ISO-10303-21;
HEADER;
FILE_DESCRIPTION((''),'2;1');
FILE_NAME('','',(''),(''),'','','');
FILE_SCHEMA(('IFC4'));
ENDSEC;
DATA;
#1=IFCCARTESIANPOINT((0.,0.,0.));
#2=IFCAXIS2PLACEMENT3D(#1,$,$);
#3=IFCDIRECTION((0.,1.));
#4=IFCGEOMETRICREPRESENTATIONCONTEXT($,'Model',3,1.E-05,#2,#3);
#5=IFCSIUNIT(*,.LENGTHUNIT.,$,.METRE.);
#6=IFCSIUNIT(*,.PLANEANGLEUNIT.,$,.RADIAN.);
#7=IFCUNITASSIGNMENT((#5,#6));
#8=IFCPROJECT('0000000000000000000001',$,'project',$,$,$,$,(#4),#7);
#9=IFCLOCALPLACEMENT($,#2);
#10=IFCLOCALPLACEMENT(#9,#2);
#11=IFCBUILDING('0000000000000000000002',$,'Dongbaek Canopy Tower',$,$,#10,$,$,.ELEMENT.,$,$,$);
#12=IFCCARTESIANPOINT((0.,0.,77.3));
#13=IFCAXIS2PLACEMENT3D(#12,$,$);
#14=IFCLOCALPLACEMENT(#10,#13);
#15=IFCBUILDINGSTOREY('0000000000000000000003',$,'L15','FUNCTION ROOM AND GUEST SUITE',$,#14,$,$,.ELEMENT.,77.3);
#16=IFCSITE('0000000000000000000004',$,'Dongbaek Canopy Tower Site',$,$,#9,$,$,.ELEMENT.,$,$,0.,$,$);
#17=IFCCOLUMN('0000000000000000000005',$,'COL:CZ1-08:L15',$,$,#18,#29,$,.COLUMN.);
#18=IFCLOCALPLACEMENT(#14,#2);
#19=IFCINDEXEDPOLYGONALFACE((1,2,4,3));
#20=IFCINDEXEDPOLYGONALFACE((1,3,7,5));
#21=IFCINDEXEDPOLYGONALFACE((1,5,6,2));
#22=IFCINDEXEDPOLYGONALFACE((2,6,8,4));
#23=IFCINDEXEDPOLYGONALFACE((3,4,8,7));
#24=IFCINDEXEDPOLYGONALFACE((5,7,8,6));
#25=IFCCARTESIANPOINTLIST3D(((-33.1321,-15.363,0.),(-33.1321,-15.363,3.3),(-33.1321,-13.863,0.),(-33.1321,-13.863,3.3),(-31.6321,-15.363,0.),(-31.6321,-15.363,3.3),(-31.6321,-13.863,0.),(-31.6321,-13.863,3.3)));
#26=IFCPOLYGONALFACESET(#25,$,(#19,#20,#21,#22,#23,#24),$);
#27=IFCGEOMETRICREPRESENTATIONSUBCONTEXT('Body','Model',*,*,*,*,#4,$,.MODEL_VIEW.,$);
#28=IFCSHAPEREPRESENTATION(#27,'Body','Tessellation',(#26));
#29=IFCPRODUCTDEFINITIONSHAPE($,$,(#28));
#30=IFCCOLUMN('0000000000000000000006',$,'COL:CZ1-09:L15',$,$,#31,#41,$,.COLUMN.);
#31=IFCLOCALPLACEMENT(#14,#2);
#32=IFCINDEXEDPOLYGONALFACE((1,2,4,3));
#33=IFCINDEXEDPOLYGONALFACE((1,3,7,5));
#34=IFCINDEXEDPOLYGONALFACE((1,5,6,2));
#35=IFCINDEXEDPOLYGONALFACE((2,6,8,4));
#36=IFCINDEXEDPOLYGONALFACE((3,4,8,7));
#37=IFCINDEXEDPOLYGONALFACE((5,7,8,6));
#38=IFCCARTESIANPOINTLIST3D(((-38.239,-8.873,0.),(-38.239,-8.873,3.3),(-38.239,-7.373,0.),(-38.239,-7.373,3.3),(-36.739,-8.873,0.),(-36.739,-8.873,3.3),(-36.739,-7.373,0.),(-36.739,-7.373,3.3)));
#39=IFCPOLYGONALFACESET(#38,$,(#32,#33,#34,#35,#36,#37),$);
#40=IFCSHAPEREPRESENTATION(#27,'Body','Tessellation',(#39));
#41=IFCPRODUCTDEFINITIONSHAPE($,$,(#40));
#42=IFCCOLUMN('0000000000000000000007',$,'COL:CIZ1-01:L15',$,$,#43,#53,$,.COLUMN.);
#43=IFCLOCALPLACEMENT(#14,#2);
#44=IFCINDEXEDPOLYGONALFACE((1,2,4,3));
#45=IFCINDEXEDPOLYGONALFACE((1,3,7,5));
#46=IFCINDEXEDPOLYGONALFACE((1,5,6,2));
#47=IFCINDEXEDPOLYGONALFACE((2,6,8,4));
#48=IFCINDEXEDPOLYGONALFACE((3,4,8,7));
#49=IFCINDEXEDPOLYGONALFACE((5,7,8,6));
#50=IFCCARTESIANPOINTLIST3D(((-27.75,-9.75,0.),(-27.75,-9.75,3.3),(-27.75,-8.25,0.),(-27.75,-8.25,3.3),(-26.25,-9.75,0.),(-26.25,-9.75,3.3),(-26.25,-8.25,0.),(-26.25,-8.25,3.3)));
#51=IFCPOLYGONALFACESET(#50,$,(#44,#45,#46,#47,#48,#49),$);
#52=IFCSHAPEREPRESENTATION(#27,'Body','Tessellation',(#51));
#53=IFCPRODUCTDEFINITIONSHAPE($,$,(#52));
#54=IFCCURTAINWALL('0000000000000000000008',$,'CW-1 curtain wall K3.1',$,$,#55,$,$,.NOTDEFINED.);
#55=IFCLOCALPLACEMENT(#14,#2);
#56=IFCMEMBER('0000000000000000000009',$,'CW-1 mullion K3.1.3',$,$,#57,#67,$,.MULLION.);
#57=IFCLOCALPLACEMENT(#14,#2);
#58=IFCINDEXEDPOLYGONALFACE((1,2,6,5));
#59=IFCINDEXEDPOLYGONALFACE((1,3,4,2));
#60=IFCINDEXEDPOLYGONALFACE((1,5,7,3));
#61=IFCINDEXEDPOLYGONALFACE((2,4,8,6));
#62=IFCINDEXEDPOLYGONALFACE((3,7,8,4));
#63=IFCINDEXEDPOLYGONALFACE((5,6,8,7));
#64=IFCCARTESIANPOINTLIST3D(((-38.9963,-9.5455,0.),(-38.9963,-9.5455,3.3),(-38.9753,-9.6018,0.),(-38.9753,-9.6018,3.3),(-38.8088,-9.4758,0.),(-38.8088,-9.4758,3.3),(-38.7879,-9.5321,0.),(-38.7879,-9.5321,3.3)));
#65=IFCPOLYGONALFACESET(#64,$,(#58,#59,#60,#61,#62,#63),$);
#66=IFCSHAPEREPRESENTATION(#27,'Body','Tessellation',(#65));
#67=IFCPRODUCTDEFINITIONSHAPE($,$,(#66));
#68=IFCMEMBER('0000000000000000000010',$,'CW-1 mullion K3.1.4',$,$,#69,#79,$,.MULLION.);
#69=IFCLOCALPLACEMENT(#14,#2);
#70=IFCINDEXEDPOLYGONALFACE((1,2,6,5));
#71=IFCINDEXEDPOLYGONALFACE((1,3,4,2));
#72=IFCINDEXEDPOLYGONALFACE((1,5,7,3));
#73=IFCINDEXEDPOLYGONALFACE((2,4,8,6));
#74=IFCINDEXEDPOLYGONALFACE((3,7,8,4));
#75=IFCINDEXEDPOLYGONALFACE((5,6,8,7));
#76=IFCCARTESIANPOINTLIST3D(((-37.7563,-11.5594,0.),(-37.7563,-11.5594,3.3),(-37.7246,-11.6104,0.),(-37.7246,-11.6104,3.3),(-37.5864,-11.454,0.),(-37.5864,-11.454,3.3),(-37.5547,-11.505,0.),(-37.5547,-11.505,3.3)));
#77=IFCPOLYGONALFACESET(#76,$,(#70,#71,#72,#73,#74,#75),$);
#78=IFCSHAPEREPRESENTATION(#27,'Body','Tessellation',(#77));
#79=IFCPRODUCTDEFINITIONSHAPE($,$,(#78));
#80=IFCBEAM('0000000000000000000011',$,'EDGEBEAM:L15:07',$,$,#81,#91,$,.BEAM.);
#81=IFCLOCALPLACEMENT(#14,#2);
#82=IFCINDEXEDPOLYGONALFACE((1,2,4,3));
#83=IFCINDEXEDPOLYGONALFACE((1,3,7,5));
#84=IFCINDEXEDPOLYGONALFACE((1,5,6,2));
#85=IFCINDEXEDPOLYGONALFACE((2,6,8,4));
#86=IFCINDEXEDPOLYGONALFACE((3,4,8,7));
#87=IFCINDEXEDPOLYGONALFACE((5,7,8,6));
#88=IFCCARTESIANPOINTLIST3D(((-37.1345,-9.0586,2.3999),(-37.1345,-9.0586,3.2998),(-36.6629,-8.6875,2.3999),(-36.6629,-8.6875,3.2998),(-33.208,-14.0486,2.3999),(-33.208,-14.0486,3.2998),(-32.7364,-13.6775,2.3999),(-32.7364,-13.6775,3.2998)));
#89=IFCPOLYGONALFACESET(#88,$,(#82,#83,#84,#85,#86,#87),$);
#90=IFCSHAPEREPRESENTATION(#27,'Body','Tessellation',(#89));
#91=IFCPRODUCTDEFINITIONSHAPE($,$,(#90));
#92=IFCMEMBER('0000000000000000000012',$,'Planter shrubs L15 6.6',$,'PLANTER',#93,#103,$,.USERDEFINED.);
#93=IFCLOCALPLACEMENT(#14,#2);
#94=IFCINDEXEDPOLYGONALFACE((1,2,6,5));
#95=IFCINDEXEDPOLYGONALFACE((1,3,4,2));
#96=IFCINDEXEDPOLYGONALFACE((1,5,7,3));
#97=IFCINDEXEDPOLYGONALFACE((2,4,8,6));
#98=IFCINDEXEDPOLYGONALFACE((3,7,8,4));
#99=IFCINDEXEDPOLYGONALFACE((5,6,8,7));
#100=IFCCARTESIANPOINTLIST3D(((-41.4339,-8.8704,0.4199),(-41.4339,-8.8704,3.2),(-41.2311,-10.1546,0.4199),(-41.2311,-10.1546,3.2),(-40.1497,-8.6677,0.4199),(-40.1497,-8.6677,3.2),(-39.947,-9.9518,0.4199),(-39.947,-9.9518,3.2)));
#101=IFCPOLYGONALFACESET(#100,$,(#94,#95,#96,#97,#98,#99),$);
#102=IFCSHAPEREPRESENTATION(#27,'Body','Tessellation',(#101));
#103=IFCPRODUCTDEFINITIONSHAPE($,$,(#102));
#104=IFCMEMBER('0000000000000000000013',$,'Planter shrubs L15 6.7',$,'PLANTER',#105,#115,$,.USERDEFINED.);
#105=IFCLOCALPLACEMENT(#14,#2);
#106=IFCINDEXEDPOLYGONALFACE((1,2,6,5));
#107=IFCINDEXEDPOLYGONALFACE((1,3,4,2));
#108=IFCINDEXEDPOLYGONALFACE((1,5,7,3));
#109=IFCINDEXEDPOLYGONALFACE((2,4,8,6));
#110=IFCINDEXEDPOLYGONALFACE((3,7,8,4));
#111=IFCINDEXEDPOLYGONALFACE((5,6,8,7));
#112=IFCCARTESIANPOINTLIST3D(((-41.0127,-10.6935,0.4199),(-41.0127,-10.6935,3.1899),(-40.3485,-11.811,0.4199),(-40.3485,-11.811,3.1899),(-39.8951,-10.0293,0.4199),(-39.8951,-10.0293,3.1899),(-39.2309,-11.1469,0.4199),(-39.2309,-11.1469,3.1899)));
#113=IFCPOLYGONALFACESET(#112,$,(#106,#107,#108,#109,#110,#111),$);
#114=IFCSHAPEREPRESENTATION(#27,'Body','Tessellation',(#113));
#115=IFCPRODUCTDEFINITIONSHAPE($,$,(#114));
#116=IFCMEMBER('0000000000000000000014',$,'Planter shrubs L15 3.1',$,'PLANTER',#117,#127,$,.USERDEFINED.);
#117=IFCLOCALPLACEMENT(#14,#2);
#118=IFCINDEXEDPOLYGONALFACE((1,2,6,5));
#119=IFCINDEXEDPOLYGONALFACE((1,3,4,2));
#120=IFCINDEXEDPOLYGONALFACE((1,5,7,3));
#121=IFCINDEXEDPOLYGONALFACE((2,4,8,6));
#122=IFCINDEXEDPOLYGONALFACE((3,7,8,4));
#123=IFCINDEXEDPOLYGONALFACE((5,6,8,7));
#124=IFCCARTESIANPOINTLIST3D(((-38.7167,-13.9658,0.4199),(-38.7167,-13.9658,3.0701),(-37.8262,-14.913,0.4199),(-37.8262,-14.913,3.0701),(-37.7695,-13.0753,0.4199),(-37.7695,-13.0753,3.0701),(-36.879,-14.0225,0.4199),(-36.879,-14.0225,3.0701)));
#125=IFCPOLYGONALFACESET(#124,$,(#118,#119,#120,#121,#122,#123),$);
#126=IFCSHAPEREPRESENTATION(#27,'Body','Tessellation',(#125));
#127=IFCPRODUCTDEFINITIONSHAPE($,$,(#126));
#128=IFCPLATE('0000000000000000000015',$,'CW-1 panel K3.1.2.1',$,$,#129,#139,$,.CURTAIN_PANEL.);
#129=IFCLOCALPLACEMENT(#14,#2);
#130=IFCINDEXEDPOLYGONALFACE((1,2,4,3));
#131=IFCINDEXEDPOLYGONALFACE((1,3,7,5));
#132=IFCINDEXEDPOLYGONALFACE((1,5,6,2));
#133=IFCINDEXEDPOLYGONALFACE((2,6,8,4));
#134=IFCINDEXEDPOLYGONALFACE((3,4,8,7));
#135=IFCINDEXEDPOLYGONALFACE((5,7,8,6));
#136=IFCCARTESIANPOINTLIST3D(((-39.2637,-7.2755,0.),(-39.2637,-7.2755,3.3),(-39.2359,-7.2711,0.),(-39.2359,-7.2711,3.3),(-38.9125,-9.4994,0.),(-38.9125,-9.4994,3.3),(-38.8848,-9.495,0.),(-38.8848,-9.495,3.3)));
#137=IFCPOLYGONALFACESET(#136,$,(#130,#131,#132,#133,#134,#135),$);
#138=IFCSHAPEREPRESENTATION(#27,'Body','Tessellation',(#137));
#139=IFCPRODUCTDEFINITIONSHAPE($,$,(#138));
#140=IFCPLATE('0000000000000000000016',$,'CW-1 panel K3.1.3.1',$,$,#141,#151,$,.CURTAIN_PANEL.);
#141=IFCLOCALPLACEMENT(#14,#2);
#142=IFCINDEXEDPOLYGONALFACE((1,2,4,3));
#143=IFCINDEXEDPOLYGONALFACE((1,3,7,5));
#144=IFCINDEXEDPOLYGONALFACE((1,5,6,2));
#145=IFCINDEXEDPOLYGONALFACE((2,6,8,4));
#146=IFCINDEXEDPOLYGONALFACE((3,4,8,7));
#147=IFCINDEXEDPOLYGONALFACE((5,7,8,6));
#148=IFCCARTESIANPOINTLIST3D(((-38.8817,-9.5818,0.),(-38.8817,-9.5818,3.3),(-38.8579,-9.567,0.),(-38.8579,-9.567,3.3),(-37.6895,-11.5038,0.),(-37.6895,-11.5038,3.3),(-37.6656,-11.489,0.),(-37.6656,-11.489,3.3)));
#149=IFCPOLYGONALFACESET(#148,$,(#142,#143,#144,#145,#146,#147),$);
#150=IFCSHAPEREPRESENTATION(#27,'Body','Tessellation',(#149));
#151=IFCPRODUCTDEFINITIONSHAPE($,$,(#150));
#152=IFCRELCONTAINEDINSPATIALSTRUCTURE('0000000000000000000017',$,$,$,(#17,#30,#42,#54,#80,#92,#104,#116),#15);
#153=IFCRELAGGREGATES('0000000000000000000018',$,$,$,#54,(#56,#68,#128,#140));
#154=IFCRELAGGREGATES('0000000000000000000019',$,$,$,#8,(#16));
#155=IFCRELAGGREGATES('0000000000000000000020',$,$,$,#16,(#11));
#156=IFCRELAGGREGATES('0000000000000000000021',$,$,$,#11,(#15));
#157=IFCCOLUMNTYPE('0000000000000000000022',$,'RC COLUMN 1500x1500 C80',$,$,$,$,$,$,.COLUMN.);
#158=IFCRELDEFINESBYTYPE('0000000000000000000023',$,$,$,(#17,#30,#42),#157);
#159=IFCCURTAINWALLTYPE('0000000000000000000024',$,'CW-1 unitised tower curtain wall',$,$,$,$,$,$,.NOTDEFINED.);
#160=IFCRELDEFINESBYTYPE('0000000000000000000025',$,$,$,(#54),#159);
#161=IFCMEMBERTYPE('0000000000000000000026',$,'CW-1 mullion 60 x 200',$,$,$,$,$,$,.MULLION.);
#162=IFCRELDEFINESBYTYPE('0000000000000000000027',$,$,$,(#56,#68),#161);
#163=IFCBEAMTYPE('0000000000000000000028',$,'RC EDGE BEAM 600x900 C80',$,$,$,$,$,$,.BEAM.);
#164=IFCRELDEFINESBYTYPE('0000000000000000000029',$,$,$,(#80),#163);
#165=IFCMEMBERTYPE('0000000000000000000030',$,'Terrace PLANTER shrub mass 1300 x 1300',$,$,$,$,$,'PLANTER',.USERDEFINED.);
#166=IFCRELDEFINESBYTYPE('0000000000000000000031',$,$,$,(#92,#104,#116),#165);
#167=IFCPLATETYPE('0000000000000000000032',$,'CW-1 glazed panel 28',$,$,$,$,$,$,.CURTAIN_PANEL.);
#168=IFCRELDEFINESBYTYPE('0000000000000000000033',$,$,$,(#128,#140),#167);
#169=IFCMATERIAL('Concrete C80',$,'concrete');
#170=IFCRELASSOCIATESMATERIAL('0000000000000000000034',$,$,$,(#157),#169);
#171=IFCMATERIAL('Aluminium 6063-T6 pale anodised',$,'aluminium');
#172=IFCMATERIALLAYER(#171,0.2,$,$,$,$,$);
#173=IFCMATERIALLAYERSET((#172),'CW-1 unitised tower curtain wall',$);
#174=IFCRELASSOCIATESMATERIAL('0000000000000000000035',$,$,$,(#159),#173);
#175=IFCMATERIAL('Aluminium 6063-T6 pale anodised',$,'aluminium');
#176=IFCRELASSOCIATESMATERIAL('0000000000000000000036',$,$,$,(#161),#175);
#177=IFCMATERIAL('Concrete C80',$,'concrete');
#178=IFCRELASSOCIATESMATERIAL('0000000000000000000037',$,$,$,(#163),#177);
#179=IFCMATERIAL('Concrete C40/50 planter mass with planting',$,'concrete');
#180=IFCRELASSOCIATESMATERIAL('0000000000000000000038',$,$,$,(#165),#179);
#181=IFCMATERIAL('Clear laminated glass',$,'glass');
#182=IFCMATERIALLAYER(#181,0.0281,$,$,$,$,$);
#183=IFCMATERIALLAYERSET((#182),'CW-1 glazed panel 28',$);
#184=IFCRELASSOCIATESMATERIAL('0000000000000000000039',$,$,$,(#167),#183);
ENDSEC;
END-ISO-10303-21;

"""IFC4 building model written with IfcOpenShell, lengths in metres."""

from ifc_helpers import new_model, si_unit, direction, frame, origin, origin_2d, place, context, subcontext, project, spatial, rectangle, extrude, material, layer, layer_set, material_profile, profile_set, type_object, element, aggregate, save


model = new_model("IFC4")

# Units and contexts
model_context = context("Model", 3, precision=1e-05, world=origin(), true_north=direction((0.0, 1.0)))
body_context = subcontext(model_context, "Body", "Model", "MODEL_VIEW")
ifc_project = project(units=[si_unit("LENGTHUNIT", "METRE"), si_unit("PLANEANGLEUNIT", "RADIAN")], contexts=[model_context])

# Site, building, storey
site_placement = place(None, origin())
site = spatial("IfcSite", under=ifc_project, at=site_placement, Name="Dongbaek Canopy Tower Site", CompositionType="ELEMENT", RefElevation=0.0)
building_placement = place(site_placement, origin())
building = spatial("IfcBuilding", under=site, at=building_placement, Name="Dongbaek Canopy Tower", CompositionType="ELEMENT")
storey_placement = place(building_placement, frame((0.0, 0.0, 77.3)))
storey = spatial("IfcBuildingStorey", under=building, at=storey_placement, Name="L15", Description="FUNCTION ROOM AND GUEST SUITE", CompositionType="ELEMENT", Elevation=77.3)

# Columns
ifc_material_1 = material(Name="Concrete C80", Category="concrete")
ifc_material_profile_1 = material_profile(ifc_material_1, rectangle(XDim=1.5, YDim=1.5, at=origin_2d()), Name="RC COLUMN 1500x1500 C80")
ifc_profile_set_1 = profile_set([ifc_material_profile_1], Name="Concrete C80")
column_type = type_object("IfcColumnType", Name="RC COLUMN 1500x1500 C80", PredefinedType="COLUMN", material=ifc_profile_set_1)
for number, where, z_axis, x_axis, name in (
    (1, (-32.3821, -14.613, 0.0), (0.0, 0.0, 1.0), (1.0, 0.0, 0.0), "COL:CZ1-08:L15"),
    (2, (-37.489, -8.123, 0.0), (0.0, 0.0, 1.0), (1.0, 0.0, 0.0), "COL:CZ1-09:L15"),
    (3, (-27.0, -9.0, 0.0), (0.0, 0.0, 1.0), (1.0, 0.0, 0.0), "COL:CIZ1-01:L15"),
):
    element("IfcColumn", number, at=place(storey_placement, frame(where, z_axis=z_axis, x_axis=x_axis)), inside=storey, type_object=column_type, Name=name, PredefinedType="COLUMN", context=body_context, shape_type="SweptSolid", body=[
        extrude(rectangle(XDim=1.5, YDim=1.5, at=origin_2d()), origin(), (0.0, 0.0, 1.0), 3.3),
    ])

# Curtain wall, members
ifc_material_2 = material(Name="Aluminium 6063-T6 pale anodised", Category="aluminium")
ifc_layer_1 = layer(ifc_material_2, 0.2)
ifc_layer_set_1 = layer_set([ifc_layer_1], Name="CW-1 unitised tower curtain wall")
curtain_wall_type = type_object("IfcCurtainWallType", Name="CW-1 unitised tower curtain wall", PredefinedType="NOTDEFINED", material=ifc_layer_set_1)
curtain_wall_placement = place(storey_placement, origin())
curtain_wall = element("IfcCurtainWall", 4, at=curtain_wall_placement, inside=storey, type_object=curtain_wall_type, Name="CW-1 curtain wall K3.1", PredefinedType="NOTDEFINED")
ifc_material_3 = material(Name="Aluminium 6063-T6 pale anodised", Category="aluminium")
ifc_material_profile_2 = material_profile(ifc_material_3, rectangle(XDim=0.2, YDim=0.0601, at=origin_2d()), Name="CW-1 mullion 60 x 200")
ifc_profile_set_2 = profile_set([ifc_material_profile_2], Name="Aluminium 6063-T6 pale anodised")
member_type_1 = type_object("IfcMemberType", Name="CW-1 mullion 60 x 200", PredefinedType="MULLION", material=ifc_profile_set_2)
member_1_placement = place(storey_placement, frame((-38.8921, -9.5388, 0.0), z_axis=(0.0, 0.0, 1.0), x_axis=(-0.937329, -0.348446, 0.0)))
member_1 = element("IfcMember", 5, at=member_1_placement, type_object=member_type_1, Name="CW-1 mullion K3.1.3", PredefinedType="MULLION", context=body_context, shape_type="SweptSolid", body=[
    extrude(rectangle(XDim=0.2, YDim=0.0601, at=origin_2d()), origin(), (0.0, 0.0, 1.0), 3.3),
])
member_2_placement = place(storey_placement, frame((-37.6555, -11.5322, 0.0), z_axis=(0.0, 0.0, 1.0), x_axis=(-0.84978, -0.527137, 0.0)))
member_2 = element("IfcMember", 6, at=member_2_placement, type_object=member_type_1, Name="CW-1 mullion K3.1.4", PredefinedType="MULLION", context=body_context, shape_type="SweptSolid", body=[
    extrude(rectangle(XDim=0.2, YDim=0.0601, at=origin_2d()), origin(), (0.0, 0.0, 1.0), 3.3),
])

# Beam
ifc_material_4 = material(Name="Concrete C80", Category="concrete")
ifc_material_profile_3 = material_profile(ifc_material_4, rectangle(XDim=0.6001, YDim=0.8999, at=origin_2d()), Name="RC EDGE BEAM 600x900 C80")
ifc_profile_set_3 = profile_set([ifc_material_profile_3], Name="Concrete C80")
beam_type = type_object("IfcBeamType", Name="RC EDGE BEAM 600x900 C80", PredefinedType="BEAM", material=ifc_profile_set_3)
beam_placement = place(storey_placement, frame((-32.9722, -13.863, 2.8499), z_axis=(-0.618387, 0.785874, 0.0), x_axis=(-0.785874, -0.618387, 0.0)))
element("IfcBeam", 7, at=beam_placement, inside=storey, type_object=beam_type, Name="EDGEBEAM:L15:07", PredefinedType="BEAM", context=body_context, shape_type="SweptSolid", body=[
    extrude(rectangle(XDim=0.6001, YDim=0.8999, at=origin_2d()), origin(), (0.0, 0.0, 1.0), 6.3496),
])

# Members
ifc_material_5 = material(Name="Concrete C40/50 planter mass with planting", Category="concrete")
ifc_material_profile_4 = material_profile(ifc_material_5, rectangle(XDim=1.3, YDim=1.3, at=origin_2d()), Name="Terrace PLANTER shrub mass 1300 x 1300")
ifc_profile_set_4 = profile_set([ifc_material_profile_4], Name="Concrete C40/50 planter mass with planting")
member_type_2 = type_object("IfcMemberType", Name="Terrace PLANTER shrub mass 1300 x 1300", ElementType="PLANTER", PredefinedType="USERDEFINED", material=ifc_profile_set_4)
member_3_placement = place(storey_placement, frame((-40.6904, -9.4111, 0.4199), z_axis=(0.0, 0.0, 1.0), x_axis=(-0.987764, -0.155959, 0.0)))
element("IfcMember", 8, at=member_3_placement, inside=storey, type_object=member_type_2, Name="Planter shrubs L15 6.6", ObjectType="PLANTER", PredefinedType="USERDEFINED", context=body_context, shape_type="SweptSolid", body=[
    extrude(rectangle(XDim=1.3, YDim=1.3, at=origin_2d()), origin(), (0.0, 0.0, 1.0), 2.78),
])
member_4_placement = place(storey_placement, frame((-40.1218, -10.9202, 0.4199), z_axis=(0.0, 0.0, 1.0), x_axis=(-0.859643, -0.510896, 0.0)))
element("IfcMember", 9, at=member_4_placement, inside=storey, type_object=member_type_2, Name="Planter shrubs L15 6.7", ObjectType="PLANTER", PredefinedType="USERDEFINED", context=body_context, shape_type="SweptSolid", body=[
    extrude(rectangle(XDim=1.3, YDim=1.3, at=origin_2d()), origin(), (0.0, 0.0, 1.0), 2.77),
])
member_5_placement = place(storey_placement, frame((-37.7979, -13.9941, 0.4199), z_axis=(0.0, 0.0, 1.0), x_axis=(-0.728585, -0.684956, 0.0)))
element("IfcMember", 10, at=member_5_placement, inside=storey, type_object=member_type_2, Name="Planter shrubs L15 3.1", ObjectType="PLANTER", PredefinedType="USERDEFINED", context=body_context, shape_type="SweptSolid", body=[
    extrude(rectangle(XDim=1.3, YDim=1.3, at=origin_2d()), origin(), (0.0, 0.0, 1.0), 2.6501),
])

# Plates
ifc_material_6 = material(Name="Clear laminated glass", Category="glass")
ifc_layer_2 = layer(ifc_material_6, 0.0281)
ifc_layer_set_2 = layer_set([ifc_layer_2], Name="CW-1 glazed panel 28")
plate_type = type_object("IfcPlateType", Name="CW-1 glazed panel 28", PredefinedType="CURTAIN_PANEL", material=ifc_layer_set_2)
plate_1_placement = place(storey_placement, frame((-39.0742, -8.3853, 0.0), z_axis=(0.0, 0.0, 1.0), x_axis=(0.155959, -0.987764, 0.0)))
plate_1 = element("IfcPlate", 11, at=plate_1_placement, type_object=plate_type, Name="CW-1 panel K3.1.2.1", PredefinedType="CURTAIN_PANEL", context=body_context, shape_type="SweptSolid", body=[
    extrude(rectangle(XDim=2.2515, YDim=0.0281, at=origin_2d()), origin(), (0.0, 0.0, 1.0), 3.3),
])
plate_2_placement = place(storey_placement, frame((-38.2737, -10.5354, 0.0), z_axis=(0.0, 0.0, 1.0), x_axis=(0.527137, -0.84978, 0.0)))
plate_2 = element("IfcPlate", 12, at=plate_2_placement, type_object=plate_type, Name="CW-1 panel K3.1.3.1", PredefinedType="CURTAIN_PANEL", context=body_context, shape_type="SweptSolid", body=[
    extrude(rectangle(XDim=2.2617, YDim=0.0281, at=origin_2d()), origin(), (0.0, 0.0, 1.0), 3.3),
])
aggregate(curtain_wall, [member_1, member_2, plate_1, plate_2])

save(model, "model.ifc")
